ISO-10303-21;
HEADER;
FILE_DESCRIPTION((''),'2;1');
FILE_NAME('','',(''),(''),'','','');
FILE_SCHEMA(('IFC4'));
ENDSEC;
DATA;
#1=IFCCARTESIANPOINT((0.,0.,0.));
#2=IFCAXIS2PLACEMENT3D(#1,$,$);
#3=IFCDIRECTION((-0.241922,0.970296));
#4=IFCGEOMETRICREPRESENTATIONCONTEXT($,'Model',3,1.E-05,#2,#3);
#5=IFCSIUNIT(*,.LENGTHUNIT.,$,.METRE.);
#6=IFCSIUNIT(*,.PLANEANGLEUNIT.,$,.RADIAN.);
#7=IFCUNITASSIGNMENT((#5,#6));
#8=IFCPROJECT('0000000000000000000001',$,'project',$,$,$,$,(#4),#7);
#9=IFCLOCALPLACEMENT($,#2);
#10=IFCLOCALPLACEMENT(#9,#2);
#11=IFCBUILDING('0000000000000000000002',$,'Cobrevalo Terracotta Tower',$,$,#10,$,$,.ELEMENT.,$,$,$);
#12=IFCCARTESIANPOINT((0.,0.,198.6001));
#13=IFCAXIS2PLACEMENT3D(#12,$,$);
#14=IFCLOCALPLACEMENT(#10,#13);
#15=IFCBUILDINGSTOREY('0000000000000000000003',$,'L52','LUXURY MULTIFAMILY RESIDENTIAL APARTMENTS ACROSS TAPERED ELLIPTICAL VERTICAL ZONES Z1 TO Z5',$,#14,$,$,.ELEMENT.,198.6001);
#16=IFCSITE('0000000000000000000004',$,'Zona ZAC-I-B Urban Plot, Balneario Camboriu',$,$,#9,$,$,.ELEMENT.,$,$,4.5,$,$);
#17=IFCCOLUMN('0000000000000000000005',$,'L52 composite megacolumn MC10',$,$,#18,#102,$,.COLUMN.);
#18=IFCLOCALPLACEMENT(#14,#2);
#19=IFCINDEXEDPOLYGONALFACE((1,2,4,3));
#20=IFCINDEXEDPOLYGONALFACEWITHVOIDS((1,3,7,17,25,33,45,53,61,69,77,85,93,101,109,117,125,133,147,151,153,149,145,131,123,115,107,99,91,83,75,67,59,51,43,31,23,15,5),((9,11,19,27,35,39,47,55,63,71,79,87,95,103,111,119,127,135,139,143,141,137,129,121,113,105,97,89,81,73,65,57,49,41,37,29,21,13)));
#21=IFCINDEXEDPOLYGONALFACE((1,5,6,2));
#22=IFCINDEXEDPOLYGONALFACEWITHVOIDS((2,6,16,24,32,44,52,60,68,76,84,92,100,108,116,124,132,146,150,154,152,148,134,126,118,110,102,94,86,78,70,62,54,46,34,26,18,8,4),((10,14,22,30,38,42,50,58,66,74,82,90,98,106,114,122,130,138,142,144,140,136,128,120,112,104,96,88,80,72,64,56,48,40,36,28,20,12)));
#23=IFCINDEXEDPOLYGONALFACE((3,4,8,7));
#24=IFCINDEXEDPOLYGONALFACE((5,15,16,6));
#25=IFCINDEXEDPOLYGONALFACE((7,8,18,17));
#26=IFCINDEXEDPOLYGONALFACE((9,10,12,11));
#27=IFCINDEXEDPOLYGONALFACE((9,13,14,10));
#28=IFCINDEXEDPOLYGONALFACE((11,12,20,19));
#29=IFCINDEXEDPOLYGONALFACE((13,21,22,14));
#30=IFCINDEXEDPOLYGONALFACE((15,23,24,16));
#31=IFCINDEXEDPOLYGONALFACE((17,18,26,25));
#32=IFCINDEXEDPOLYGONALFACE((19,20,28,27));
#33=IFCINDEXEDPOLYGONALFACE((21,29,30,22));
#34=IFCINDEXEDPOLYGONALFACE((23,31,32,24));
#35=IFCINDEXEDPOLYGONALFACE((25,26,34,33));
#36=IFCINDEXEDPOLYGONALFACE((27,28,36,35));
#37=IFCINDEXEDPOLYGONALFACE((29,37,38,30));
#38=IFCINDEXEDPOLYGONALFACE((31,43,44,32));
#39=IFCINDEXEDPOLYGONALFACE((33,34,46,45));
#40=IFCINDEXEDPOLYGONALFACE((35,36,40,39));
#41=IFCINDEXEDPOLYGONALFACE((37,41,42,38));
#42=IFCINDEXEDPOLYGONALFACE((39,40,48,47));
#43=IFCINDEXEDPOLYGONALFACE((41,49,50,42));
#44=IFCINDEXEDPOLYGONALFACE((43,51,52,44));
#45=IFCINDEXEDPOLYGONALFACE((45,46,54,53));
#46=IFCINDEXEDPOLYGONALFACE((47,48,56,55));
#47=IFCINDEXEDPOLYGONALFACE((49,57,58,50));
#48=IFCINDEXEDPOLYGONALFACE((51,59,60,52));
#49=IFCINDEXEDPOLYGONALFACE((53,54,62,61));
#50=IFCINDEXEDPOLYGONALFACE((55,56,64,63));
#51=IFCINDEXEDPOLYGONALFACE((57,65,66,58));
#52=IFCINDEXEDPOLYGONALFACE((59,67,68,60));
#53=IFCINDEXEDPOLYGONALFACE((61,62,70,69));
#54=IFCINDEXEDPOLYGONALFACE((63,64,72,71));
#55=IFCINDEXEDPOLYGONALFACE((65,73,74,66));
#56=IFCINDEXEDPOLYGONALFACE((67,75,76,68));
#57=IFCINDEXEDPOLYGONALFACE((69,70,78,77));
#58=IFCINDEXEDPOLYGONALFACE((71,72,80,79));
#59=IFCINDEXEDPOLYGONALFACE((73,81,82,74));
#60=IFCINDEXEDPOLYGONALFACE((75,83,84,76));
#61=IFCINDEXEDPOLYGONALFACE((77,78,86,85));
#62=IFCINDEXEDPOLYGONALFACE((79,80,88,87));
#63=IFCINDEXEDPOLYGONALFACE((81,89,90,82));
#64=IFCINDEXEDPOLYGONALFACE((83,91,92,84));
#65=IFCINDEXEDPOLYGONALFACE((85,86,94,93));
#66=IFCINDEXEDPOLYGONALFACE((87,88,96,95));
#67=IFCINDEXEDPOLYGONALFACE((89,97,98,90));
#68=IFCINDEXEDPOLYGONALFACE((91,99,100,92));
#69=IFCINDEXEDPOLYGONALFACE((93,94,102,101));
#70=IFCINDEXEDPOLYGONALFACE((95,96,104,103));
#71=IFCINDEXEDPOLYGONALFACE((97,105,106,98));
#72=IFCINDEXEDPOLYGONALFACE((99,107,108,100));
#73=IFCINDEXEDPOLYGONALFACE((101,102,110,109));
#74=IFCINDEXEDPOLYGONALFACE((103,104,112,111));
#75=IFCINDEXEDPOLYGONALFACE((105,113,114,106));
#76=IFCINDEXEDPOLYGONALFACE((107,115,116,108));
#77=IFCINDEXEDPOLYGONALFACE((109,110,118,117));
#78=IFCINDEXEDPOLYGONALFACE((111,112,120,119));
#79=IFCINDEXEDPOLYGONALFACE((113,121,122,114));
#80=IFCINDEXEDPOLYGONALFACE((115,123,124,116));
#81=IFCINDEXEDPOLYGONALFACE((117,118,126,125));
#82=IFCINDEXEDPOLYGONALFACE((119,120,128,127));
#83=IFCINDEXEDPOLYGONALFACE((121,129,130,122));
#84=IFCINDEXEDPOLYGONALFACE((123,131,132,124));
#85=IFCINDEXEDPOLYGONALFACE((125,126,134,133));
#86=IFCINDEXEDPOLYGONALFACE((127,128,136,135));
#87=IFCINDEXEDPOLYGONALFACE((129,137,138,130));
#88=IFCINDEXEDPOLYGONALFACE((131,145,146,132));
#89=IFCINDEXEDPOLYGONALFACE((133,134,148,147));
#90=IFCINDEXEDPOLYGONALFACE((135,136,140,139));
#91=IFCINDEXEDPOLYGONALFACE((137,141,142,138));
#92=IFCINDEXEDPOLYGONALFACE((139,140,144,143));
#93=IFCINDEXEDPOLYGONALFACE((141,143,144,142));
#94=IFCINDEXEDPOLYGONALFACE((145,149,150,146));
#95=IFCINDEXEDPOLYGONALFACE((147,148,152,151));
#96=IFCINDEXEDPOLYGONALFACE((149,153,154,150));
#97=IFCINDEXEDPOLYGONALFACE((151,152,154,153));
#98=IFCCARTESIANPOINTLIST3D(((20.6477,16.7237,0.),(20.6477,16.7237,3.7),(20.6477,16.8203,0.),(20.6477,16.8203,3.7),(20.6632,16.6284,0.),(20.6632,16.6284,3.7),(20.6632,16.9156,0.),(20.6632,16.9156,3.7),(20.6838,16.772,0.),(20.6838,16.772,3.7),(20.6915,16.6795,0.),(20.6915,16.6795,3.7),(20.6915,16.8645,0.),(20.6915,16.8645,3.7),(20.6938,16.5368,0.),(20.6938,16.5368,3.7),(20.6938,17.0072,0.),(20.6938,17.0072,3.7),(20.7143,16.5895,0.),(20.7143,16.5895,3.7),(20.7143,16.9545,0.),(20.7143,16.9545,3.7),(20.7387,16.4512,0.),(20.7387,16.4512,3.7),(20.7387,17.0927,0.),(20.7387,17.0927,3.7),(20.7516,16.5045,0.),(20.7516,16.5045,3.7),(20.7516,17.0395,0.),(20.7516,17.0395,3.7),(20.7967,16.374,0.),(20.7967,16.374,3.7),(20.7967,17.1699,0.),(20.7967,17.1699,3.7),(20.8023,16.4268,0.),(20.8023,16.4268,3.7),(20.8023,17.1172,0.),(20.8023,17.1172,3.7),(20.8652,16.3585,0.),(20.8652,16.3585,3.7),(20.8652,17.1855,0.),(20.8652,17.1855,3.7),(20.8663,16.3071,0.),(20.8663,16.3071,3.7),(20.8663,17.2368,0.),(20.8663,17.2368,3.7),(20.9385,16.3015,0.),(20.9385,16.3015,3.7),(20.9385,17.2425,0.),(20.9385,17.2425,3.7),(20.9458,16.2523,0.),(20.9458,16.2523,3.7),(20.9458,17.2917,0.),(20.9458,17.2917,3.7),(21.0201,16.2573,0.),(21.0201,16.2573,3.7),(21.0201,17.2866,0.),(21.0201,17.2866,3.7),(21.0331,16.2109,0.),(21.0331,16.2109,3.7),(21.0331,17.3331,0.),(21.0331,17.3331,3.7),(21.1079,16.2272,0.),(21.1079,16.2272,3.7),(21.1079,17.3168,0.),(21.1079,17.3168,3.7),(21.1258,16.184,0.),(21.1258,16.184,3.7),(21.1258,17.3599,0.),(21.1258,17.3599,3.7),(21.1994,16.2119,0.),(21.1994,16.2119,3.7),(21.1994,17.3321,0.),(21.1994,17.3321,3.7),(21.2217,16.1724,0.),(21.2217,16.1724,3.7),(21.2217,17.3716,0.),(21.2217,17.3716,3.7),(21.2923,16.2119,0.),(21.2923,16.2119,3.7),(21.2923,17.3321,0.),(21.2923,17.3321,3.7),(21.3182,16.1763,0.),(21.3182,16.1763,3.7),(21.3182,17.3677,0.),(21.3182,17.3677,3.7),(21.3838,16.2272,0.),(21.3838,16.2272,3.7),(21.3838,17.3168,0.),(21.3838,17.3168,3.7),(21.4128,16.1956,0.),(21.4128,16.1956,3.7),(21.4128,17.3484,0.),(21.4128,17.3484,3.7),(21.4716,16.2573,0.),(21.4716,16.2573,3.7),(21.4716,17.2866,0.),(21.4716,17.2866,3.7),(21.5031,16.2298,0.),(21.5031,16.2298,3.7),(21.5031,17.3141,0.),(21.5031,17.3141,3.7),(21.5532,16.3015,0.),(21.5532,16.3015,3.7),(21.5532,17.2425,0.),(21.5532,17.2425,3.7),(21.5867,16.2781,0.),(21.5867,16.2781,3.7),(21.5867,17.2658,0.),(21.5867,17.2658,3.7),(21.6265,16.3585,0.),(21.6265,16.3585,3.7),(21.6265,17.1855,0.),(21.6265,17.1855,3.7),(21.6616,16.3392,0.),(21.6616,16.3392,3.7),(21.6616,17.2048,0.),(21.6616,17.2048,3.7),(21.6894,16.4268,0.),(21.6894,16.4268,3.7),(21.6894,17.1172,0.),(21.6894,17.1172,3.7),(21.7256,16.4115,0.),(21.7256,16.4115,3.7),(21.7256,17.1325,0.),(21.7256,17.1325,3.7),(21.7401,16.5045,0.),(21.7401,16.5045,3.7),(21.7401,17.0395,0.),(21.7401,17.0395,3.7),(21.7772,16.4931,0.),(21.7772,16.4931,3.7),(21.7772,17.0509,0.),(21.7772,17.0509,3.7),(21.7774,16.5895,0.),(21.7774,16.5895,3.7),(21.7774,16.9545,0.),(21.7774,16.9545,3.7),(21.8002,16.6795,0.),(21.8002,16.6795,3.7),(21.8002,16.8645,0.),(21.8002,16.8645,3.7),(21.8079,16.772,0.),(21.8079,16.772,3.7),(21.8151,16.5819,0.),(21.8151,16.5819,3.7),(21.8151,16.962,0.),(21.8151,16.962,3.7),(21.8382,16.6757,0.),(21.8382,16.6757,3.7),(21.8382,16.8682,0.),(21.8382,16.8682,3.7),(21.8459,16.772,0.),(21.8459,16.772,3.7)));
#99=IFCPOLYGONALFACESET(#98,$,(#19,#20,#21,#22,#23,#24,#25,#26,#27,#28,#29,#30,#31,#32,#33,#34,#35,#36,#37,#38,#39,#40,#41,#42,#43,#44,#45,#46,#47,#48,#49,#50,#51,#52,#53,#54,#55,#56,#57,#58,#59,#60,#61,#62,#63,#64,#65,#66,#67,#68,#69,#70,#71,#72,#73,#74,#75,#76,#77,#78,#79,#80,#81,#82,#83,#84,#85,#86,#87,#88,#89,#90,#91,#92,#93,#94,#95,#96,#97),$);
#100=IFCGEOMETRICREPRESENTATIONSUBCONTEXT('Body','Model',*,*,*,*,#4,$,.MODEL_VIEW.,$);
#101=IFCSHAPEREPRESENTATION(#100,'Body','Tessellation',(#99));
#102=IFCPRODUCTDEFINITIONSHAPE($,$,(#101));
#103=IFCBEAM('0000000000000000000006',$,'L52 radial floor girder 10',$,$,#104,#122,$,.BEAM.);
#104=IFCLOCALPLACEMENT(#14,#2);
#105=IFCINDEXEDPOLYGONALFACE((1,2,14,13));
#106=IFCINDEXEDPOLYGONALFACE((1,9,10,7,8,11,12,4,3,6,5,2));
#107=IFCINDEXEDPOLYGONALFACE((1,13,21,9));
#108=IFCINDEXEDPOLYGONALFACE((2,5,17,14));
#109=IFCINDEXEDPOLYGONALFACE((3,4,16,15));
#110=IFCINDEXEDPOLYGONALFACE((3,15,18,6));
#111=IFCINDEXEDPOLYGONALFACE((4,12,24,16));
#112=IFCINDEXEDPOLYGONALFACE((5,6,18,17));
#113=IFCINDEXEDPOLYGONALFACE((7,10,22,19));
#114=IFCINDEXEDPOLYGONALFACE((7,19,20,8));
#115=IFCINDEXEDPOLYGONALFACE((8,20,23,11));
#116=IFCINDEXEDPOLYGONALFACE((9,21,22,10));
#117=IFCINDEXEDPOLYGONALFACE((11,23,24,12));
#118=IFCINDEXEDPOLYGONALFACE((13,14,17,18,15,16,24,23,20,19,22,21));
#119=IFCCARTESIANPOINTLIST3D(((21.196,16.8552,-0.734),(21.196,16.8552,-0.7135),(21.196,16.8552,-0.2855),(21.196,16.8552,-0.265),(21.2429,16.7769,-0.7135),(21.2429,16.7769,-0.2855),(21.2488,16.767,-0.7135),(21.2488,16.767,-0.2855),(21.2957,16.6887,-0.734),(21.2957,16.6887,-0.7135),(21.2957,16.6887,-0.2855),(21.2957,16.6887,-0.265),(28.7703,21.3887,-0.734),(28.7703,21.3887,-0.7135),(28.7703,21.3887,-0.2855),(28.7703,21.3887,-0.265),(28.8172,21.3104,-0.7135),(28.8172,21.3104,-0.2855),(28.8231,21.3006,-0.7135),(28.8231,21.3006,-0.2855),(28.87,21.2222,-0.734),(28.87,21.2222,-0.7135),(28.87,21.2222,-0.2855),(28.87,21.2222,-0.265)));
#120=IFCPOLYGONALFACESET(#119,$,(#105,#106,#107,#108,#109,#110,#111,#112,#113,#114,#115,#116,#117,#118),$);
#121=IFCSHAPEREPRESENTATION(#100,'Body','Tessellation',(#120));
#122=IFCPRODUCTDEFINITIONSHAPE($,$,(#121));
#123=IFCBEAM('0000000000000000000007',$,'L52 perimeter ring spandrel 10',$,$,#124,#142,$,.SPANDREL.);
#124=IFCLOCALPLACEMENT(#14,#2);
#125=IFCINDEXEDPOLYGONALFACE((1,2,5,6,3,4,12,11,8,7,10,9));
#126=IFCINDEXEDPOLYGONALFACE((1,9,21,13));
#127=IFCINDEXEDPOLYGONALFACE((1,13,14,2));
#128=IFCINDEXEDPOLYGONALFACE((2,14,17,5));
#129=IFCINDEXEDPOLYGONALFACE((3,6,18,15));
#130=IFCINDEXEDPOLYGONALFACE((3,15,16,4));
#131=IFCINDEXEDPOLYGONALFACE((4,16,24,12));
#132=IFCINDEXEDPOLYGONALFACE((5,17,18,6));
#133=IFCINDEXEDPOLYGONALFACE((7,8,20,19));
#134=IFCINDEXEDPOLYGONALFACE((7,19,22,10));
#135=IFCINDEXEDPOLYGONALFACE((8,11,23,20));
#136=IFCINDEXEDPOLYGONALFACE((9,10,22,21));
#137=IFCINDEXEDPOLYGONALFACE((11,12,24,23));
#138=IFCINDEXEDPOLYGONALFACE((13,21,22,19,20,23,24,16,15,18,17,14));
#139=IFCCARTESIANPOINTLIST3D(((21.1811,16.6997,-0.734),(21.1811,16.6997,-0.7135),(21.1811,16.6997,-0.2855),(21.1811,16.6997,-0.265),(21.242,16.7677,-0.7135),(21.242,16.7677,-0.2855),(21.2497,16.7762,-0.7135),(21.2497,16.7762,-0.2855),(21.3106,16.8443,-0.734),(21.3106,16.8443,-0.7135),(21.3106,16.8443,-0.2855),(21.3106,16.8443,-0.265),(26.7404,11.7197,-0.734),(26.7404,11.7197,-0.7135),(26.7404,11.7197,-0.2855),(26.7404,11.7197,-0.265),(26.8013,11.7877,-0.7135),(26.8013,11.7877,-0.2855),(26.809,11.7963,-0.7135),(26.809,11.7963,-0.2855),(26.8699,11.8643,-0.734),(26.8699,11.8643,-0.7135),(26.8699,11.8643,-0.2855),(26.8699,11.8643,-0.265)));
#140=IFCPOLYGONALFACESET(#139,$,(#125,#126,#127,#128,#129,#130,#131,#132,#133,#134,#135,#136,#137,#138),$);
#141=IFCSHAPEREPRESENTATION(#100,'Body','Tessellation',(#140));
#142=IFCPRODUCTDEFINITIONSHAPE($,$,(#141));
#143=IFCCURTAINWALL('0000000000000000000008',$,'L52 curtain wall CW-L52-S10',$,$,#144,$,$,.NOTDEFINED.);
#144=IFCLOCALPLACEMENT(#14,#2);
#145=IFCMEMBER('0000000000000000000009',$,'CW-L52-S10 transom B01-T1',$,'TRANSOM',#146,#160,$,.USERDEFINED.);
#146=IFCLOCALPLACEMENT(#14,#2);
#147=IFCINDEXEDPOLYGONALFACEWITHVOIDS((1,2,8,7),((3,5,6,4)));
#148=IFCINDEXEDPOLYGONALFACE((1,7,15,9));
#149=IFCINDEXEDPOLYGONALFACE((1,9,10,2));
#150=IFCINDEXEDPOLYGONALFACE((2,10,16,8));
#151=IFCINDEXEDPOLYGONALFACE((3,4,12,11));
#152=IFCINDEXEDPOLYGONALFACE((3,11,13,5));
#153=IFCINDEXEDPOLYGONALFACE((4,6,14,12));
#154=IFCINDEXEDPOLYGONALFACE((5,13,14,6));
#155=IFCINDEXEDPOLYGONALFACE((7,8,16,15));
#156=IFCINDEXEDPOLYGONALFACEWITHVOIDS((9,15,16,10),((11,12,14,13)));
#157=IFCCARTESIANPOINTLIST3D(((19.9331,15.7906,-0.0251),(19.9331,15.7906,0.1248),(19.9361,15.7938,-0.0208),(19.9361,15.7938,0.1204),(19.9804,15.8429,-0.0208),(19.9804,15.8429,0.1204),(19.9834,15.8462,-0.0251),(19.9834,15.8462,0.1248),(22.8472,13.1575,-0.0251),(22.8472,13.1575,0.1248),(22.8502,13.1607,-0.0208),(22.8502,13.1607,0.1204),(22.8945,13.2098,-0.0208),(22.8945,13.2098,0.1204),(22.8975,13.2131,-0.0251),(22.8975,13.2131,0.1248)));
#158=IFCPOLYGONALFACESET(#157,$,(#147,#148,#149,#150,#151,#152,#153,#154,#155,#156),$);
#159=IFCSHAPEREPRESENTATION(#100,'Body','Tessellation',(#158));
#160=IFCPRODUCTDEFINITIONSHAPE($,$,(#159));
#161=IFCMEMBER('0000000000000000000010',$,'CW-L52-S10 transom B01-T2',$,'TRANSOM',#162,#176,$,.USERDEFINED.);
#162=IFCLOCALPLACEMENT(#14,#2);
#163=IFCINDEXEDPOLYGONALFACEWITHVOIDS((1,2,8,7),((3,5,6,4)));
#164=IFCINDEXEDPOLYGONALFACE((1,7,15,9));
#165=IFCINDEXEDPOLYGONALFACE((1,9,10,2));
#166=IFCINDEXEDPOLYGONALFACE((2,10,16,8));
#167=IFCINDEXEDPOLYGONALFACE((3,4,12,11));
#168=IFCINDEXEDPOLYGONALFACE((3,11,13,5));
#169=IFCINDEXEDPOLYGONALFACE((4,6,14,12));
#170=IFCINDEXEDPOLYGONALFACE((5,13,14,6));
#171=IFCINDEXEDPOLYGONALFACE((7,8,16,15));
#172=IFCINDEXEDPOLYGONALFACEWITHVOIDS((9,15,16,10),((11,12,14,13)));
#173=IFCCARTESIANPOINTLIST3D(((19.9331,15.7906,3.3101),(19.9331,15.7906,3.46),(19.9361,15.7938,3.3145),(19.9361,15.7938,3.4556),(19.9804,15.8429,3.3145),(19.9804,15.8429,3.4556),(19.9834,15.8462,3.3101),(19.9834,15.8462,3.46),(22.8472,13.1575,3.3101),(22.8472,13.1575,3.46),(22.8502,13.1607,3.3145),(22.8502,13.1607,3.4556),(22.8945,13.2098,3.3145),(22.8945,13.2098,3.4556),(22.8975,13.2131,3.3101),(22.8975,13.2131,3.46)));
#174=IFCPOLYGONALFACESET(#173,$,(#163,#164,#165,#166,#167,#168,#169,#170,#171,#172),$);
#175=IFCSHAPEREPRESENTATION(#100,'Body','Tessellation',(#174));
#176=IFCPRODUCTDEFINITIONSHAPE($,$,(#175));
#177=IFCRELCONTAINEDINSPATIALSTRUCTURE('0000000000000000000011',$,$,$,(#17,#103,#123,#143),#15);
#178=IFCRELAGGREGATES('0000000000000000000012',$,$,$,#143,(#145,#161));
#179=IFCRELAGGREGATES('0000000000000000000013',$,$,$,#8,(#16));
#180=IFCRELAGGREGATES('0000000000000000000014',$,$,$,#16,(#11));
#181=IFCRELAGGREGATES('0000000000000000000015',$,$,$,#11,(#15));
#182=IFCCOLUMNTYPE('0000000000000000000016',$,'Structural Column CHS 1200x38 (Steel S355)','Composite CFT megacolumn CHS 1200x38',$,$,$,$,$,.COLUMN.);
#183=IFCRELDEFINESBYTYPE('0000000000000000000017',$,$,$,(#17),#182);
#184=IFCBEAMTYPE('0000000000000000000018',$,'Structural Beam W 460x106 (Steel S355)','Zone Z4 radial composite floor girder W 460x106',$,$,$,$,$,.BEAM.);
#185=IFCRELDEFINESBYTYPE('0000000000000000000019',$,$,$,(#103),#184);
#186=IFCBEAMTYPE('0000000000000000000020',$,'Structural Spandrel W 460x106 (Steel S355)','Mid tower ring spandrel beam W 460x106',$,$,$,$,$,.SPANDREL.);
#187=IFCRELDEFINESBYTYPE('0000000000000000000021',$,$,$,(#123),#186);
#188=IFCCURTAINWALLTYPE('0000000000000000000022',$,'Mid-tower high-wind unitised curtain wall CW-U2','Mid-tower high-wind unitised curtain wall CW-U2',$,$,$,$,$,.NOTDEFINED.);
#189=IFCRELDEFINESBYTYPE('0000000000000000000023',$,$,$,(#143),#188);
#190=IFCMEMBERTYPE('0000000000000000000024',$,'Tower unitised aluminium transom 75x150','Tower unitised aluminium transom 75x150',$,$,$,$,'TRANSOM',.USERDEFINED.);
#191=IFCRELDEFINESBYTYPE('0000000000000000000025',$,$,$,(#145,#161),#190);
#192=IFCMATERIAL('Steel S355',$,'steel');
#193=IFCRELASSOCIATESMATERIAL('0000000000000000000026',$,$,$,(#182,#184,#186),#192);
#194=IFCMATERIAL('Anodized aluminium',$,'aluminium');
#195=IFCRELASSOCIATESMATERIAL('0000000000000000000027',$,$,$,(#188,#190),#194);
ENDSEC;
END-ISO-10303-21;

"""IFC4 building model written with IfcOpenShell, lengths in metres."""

from ifc_helpers import new_model, si_unit, direction, frame, origin, origin_2d, place, context, subcontext, project, spatial, hollow_rectangle, hollow_circle, i_section, extrude, source, transform, mapped, material, material_profile, profile_set, type_object, element, aggregate, save


model = new_model("IFC4")

# Units and contexts
model_context = context("Model", 3, precision=1e-05, world=origin(), true_north=direction((-0.241922, 0.970296)))
body_context = subcontext(model_context, "Body", "Model", "MODEL_VIEW")
ifc_project = project(units=[si_unit("LENGTHUNIT", "METRE"), si_unit("PLANEANGLEUNIT", "RADIAN")], contexts=[model_context])

# Site, building, storey
site_placement = place(None, origin())
site = spatial("IfcSite", under=ifc_project, at=site_placement, Name="Zona ZAC-I-B Urban Plot, Balneario Camboriu", CompositionType="ELEMENT", RefElevation=4.5)
building_placement = place(site_placement, origin())
building = spatial("IfcBuilding", under=site, at=building_placement, Name="Cobrevalo Terracotta Tower", CompositionType="ELEMENT")
storey_placement = place(building_placement, frame((0.0, 0.0, 198.6001)))
storey = spatial("IfcBuildingStorey", under=building, at=storey_placement, Name="L52", Description="LUXURY MULTIFAMILY RESIDENTIAL APARTMENTS ACROSS TAPERED ELLIPTICAL VERTICAL ZONES Z1 TO Z5", CompositionType="ELEMENT", Elevation=198.6001)

# Column
ifc_material_1 = material(Name="Steel S355", Category="steel")
ifc_material_profile_1 = material_profile(ifc_material_1, hollow_circle(Radius=0.6001, WallThickness=0.0381, at=origin_2d()), Name="CHS 1200x38")
ifc_profile_set_1 = profile_set([ifc_material_profile_1], Name="Steel S355")
column_type = type_object("IfcColumnType", Name="Structural Column CHS 1200x38 (Steel S355)", Description="Composite CFT megacolumn CHS 1200x38", PredefinedType="COLUMN", material=ifc_profile_set_1)
column_placement = place(storey_placement, frame((21.2458, 16.772, 0.0), z_axis=(0.0, 0.0, 1.0), x_axis=(1.0, 0.0, 0.0)))
element("IfcColumn", 1, at=column_placement, inside=storey, type_object=column_type, Name="L52 composite megacolumn MC10", PredefinedType="COLUMN", context=body_context, shape_type="SweptSolid", body=[
    extrude(hollow_circle(Radius=0.6001, WallThickness=0.0381, at=origin_2d()), origin(), (0.0, 0.0, 1.0), 3.7),
])

# Beams
ifc_material_profile_2 = material_profile(ifc_material_1, i_section(OverallWidth=0.1941, OverallDepth=0.469, WebThickness=0.0115, FlangeThickness=0.0205, at=origin_2d()), Name="W 460x106")
ifc_profile_set_2 = profile_set([ifc_material_profile_2], Name="Steel S355")
beam_type_1 = type_object("IfcBeamType", Name="Structural Beam W 460x106 (Steel S355)", Description="Zone Z4 radial composite floor girder W 460x106", PredefinedType="BEAM", material=ifc_profile_set_2)
beam_1_placement = place(storey_placement, frame((21.2458, 16.772, -0.4995), z_axis=(0.858046, 0.513572, 0.0), x_axis=(-0.513572, 0.858046, 0.0)))
element("IfcBeam", 2, at=beam_1_placement, inside=storey, type_object=beam_type_1, Name="L52 radial floor girder 10", PredefinedType="BEAM", context=body_context, shape_type="SweptSolid", body=[
    extrude(i_section(OverallWidth=0.1941, OverallDepth=0.469, WebThickness=0.0115, FlangeThickness=0.0205, at=origin_2d()), origin(), (0.0, 0.0, 1.0), 8.8274),
])
ifc_material_profile_3 = material_profile(ifc_material_1, i_section(OverallWidth=0.1941, OverallDepth=0.469, WebThickness=0.0115, FlangeThickness=0.0205, at=origin_2d()), Name="W 460x106")
ifc_profile_set_3 = profile_set([ifc_material_profile_3], Name="Steel S355")
beam_type_2 = type_object("IfcBeamType", Name="Structural Spandrel W 460x106 (Steel S355)", Description="Mid tower ring spandrel beam W 460x106", PredefinedType="SPANDREL", material=ifc_profile_set_3)
beam_2_placement = place(storey_placement, frame((21.2458, 16.772, -0.4995), z_axis=(0.744852, -0.66723, 0.0), x_axis=(0.66723, 0.744852, 0.0)))
element("IfcBeam", 3, at=beam_2_placement, inside=storey, type_object=beam_type_2, Name="L52 perimeter ring spandrel 10", PredefinedType="SPANDREL", context=body_context, shape_type="SweptSolid", body=[
    extrude(i_section(OverallWidth=0.1941, OverallDepth=0.469, WebThickness=0.0115, FlangeThickness=0.0205, at=origin_2d()), origin(), (0.0, 0.0, 1.0), 7.4636),
])

# Curtain wall, members
ifc_material_2 = material(Name="Anodized aluminium", Category="aluminium")
curtain_wall_type = type_object("IfcCurtainWallType", Name="Mid-tower high-wind unitised curtain wall CW-U2", Description="Mid-tower high-wind unitised curtain wall CW-U2", PredefinedType="NOTDEFINED", material=ifc_material_2)
curtain_wall_1_placement = place(storey_placement, origin())
curtain_wall_1 = element("IfcCurtainWall", 4, at=curtain_wall_1_placement, inside=storey, type_object=curtain_wall_type, Name="L52 curtain wall CW-L52-S10", PredefinedType="NOTDEFINED")
ifc_material_profile_4 = material_profile(ifc_material_2, hollow_rectangle(XDim=0.075, YDim=0.1499, WallThickness=0.0044, at=origin_2d()), Name="CWT 75x150")
ifc_profile_set_4 = profile_set([ifc_material_profile_4], Name="Anodized aluminium")
member_type_1 = type_object("IfcMemberType", Name="Tower unitised aluminium transom 75x150", Description="Tower unitised aluminium transom 75x150", ElementType="TRANSOM", PredefinedType="USERDEFINED", material=ifc_profile_set_4)
shared_shape_1 = source(origin(), body_context, "Body", "SweptSolid", [
    extrude(hollow_rectangle(XDim=0.075, YDim=0.1499, WallThickness=0.0044, at=origin_2d()), origin(), (0.0, 0.0, 1.0), 3.9275),
])
member_1_placement = place(storey_placement, frame((19.9583, 15.8184, 0.0498), z_axis=(0.741976, -0.670426, 0.0), x_axis=(0.670426, 0.741976, 0.0)))
member_1 = element("IfcMember", 5, at=member_1_placement, type_object=member_type_1, Name="CW-L52-S10 transom B01-T1", ObjectType="TRANSOM", PredefinedType="USERDEFINED", context=body_context, shape_type="MappedRepresentation", body=[
    mapped(shared_shape_1, transform((0.0, 0.0, 0.0), scale=1.0)),
])
member_2_placement = place(storey_placement, frame((19.9583, 15.8184, 3.385), z_axis=(0.741976, -0.670426, 0.0), x_axis=(0.670426, 0.741976, 0.0)))
member_2 = element("IfcMember", 6, at=member_2_placement, type_object=member_type_1, Name="CW-L52-S10 transom B01-T2", ObjectType="TRANSOM", PredefinedType="USERDEFINED", context=body_context, shape_type="MappedRepresentation", body=[
    mapped(shared_shape_1, transform((0.0, 0.0, 0.0), scale=1.0)),
])

aggregate(curtain_wall_1, [member_1, member_2])

save(model, "model.ifc")
